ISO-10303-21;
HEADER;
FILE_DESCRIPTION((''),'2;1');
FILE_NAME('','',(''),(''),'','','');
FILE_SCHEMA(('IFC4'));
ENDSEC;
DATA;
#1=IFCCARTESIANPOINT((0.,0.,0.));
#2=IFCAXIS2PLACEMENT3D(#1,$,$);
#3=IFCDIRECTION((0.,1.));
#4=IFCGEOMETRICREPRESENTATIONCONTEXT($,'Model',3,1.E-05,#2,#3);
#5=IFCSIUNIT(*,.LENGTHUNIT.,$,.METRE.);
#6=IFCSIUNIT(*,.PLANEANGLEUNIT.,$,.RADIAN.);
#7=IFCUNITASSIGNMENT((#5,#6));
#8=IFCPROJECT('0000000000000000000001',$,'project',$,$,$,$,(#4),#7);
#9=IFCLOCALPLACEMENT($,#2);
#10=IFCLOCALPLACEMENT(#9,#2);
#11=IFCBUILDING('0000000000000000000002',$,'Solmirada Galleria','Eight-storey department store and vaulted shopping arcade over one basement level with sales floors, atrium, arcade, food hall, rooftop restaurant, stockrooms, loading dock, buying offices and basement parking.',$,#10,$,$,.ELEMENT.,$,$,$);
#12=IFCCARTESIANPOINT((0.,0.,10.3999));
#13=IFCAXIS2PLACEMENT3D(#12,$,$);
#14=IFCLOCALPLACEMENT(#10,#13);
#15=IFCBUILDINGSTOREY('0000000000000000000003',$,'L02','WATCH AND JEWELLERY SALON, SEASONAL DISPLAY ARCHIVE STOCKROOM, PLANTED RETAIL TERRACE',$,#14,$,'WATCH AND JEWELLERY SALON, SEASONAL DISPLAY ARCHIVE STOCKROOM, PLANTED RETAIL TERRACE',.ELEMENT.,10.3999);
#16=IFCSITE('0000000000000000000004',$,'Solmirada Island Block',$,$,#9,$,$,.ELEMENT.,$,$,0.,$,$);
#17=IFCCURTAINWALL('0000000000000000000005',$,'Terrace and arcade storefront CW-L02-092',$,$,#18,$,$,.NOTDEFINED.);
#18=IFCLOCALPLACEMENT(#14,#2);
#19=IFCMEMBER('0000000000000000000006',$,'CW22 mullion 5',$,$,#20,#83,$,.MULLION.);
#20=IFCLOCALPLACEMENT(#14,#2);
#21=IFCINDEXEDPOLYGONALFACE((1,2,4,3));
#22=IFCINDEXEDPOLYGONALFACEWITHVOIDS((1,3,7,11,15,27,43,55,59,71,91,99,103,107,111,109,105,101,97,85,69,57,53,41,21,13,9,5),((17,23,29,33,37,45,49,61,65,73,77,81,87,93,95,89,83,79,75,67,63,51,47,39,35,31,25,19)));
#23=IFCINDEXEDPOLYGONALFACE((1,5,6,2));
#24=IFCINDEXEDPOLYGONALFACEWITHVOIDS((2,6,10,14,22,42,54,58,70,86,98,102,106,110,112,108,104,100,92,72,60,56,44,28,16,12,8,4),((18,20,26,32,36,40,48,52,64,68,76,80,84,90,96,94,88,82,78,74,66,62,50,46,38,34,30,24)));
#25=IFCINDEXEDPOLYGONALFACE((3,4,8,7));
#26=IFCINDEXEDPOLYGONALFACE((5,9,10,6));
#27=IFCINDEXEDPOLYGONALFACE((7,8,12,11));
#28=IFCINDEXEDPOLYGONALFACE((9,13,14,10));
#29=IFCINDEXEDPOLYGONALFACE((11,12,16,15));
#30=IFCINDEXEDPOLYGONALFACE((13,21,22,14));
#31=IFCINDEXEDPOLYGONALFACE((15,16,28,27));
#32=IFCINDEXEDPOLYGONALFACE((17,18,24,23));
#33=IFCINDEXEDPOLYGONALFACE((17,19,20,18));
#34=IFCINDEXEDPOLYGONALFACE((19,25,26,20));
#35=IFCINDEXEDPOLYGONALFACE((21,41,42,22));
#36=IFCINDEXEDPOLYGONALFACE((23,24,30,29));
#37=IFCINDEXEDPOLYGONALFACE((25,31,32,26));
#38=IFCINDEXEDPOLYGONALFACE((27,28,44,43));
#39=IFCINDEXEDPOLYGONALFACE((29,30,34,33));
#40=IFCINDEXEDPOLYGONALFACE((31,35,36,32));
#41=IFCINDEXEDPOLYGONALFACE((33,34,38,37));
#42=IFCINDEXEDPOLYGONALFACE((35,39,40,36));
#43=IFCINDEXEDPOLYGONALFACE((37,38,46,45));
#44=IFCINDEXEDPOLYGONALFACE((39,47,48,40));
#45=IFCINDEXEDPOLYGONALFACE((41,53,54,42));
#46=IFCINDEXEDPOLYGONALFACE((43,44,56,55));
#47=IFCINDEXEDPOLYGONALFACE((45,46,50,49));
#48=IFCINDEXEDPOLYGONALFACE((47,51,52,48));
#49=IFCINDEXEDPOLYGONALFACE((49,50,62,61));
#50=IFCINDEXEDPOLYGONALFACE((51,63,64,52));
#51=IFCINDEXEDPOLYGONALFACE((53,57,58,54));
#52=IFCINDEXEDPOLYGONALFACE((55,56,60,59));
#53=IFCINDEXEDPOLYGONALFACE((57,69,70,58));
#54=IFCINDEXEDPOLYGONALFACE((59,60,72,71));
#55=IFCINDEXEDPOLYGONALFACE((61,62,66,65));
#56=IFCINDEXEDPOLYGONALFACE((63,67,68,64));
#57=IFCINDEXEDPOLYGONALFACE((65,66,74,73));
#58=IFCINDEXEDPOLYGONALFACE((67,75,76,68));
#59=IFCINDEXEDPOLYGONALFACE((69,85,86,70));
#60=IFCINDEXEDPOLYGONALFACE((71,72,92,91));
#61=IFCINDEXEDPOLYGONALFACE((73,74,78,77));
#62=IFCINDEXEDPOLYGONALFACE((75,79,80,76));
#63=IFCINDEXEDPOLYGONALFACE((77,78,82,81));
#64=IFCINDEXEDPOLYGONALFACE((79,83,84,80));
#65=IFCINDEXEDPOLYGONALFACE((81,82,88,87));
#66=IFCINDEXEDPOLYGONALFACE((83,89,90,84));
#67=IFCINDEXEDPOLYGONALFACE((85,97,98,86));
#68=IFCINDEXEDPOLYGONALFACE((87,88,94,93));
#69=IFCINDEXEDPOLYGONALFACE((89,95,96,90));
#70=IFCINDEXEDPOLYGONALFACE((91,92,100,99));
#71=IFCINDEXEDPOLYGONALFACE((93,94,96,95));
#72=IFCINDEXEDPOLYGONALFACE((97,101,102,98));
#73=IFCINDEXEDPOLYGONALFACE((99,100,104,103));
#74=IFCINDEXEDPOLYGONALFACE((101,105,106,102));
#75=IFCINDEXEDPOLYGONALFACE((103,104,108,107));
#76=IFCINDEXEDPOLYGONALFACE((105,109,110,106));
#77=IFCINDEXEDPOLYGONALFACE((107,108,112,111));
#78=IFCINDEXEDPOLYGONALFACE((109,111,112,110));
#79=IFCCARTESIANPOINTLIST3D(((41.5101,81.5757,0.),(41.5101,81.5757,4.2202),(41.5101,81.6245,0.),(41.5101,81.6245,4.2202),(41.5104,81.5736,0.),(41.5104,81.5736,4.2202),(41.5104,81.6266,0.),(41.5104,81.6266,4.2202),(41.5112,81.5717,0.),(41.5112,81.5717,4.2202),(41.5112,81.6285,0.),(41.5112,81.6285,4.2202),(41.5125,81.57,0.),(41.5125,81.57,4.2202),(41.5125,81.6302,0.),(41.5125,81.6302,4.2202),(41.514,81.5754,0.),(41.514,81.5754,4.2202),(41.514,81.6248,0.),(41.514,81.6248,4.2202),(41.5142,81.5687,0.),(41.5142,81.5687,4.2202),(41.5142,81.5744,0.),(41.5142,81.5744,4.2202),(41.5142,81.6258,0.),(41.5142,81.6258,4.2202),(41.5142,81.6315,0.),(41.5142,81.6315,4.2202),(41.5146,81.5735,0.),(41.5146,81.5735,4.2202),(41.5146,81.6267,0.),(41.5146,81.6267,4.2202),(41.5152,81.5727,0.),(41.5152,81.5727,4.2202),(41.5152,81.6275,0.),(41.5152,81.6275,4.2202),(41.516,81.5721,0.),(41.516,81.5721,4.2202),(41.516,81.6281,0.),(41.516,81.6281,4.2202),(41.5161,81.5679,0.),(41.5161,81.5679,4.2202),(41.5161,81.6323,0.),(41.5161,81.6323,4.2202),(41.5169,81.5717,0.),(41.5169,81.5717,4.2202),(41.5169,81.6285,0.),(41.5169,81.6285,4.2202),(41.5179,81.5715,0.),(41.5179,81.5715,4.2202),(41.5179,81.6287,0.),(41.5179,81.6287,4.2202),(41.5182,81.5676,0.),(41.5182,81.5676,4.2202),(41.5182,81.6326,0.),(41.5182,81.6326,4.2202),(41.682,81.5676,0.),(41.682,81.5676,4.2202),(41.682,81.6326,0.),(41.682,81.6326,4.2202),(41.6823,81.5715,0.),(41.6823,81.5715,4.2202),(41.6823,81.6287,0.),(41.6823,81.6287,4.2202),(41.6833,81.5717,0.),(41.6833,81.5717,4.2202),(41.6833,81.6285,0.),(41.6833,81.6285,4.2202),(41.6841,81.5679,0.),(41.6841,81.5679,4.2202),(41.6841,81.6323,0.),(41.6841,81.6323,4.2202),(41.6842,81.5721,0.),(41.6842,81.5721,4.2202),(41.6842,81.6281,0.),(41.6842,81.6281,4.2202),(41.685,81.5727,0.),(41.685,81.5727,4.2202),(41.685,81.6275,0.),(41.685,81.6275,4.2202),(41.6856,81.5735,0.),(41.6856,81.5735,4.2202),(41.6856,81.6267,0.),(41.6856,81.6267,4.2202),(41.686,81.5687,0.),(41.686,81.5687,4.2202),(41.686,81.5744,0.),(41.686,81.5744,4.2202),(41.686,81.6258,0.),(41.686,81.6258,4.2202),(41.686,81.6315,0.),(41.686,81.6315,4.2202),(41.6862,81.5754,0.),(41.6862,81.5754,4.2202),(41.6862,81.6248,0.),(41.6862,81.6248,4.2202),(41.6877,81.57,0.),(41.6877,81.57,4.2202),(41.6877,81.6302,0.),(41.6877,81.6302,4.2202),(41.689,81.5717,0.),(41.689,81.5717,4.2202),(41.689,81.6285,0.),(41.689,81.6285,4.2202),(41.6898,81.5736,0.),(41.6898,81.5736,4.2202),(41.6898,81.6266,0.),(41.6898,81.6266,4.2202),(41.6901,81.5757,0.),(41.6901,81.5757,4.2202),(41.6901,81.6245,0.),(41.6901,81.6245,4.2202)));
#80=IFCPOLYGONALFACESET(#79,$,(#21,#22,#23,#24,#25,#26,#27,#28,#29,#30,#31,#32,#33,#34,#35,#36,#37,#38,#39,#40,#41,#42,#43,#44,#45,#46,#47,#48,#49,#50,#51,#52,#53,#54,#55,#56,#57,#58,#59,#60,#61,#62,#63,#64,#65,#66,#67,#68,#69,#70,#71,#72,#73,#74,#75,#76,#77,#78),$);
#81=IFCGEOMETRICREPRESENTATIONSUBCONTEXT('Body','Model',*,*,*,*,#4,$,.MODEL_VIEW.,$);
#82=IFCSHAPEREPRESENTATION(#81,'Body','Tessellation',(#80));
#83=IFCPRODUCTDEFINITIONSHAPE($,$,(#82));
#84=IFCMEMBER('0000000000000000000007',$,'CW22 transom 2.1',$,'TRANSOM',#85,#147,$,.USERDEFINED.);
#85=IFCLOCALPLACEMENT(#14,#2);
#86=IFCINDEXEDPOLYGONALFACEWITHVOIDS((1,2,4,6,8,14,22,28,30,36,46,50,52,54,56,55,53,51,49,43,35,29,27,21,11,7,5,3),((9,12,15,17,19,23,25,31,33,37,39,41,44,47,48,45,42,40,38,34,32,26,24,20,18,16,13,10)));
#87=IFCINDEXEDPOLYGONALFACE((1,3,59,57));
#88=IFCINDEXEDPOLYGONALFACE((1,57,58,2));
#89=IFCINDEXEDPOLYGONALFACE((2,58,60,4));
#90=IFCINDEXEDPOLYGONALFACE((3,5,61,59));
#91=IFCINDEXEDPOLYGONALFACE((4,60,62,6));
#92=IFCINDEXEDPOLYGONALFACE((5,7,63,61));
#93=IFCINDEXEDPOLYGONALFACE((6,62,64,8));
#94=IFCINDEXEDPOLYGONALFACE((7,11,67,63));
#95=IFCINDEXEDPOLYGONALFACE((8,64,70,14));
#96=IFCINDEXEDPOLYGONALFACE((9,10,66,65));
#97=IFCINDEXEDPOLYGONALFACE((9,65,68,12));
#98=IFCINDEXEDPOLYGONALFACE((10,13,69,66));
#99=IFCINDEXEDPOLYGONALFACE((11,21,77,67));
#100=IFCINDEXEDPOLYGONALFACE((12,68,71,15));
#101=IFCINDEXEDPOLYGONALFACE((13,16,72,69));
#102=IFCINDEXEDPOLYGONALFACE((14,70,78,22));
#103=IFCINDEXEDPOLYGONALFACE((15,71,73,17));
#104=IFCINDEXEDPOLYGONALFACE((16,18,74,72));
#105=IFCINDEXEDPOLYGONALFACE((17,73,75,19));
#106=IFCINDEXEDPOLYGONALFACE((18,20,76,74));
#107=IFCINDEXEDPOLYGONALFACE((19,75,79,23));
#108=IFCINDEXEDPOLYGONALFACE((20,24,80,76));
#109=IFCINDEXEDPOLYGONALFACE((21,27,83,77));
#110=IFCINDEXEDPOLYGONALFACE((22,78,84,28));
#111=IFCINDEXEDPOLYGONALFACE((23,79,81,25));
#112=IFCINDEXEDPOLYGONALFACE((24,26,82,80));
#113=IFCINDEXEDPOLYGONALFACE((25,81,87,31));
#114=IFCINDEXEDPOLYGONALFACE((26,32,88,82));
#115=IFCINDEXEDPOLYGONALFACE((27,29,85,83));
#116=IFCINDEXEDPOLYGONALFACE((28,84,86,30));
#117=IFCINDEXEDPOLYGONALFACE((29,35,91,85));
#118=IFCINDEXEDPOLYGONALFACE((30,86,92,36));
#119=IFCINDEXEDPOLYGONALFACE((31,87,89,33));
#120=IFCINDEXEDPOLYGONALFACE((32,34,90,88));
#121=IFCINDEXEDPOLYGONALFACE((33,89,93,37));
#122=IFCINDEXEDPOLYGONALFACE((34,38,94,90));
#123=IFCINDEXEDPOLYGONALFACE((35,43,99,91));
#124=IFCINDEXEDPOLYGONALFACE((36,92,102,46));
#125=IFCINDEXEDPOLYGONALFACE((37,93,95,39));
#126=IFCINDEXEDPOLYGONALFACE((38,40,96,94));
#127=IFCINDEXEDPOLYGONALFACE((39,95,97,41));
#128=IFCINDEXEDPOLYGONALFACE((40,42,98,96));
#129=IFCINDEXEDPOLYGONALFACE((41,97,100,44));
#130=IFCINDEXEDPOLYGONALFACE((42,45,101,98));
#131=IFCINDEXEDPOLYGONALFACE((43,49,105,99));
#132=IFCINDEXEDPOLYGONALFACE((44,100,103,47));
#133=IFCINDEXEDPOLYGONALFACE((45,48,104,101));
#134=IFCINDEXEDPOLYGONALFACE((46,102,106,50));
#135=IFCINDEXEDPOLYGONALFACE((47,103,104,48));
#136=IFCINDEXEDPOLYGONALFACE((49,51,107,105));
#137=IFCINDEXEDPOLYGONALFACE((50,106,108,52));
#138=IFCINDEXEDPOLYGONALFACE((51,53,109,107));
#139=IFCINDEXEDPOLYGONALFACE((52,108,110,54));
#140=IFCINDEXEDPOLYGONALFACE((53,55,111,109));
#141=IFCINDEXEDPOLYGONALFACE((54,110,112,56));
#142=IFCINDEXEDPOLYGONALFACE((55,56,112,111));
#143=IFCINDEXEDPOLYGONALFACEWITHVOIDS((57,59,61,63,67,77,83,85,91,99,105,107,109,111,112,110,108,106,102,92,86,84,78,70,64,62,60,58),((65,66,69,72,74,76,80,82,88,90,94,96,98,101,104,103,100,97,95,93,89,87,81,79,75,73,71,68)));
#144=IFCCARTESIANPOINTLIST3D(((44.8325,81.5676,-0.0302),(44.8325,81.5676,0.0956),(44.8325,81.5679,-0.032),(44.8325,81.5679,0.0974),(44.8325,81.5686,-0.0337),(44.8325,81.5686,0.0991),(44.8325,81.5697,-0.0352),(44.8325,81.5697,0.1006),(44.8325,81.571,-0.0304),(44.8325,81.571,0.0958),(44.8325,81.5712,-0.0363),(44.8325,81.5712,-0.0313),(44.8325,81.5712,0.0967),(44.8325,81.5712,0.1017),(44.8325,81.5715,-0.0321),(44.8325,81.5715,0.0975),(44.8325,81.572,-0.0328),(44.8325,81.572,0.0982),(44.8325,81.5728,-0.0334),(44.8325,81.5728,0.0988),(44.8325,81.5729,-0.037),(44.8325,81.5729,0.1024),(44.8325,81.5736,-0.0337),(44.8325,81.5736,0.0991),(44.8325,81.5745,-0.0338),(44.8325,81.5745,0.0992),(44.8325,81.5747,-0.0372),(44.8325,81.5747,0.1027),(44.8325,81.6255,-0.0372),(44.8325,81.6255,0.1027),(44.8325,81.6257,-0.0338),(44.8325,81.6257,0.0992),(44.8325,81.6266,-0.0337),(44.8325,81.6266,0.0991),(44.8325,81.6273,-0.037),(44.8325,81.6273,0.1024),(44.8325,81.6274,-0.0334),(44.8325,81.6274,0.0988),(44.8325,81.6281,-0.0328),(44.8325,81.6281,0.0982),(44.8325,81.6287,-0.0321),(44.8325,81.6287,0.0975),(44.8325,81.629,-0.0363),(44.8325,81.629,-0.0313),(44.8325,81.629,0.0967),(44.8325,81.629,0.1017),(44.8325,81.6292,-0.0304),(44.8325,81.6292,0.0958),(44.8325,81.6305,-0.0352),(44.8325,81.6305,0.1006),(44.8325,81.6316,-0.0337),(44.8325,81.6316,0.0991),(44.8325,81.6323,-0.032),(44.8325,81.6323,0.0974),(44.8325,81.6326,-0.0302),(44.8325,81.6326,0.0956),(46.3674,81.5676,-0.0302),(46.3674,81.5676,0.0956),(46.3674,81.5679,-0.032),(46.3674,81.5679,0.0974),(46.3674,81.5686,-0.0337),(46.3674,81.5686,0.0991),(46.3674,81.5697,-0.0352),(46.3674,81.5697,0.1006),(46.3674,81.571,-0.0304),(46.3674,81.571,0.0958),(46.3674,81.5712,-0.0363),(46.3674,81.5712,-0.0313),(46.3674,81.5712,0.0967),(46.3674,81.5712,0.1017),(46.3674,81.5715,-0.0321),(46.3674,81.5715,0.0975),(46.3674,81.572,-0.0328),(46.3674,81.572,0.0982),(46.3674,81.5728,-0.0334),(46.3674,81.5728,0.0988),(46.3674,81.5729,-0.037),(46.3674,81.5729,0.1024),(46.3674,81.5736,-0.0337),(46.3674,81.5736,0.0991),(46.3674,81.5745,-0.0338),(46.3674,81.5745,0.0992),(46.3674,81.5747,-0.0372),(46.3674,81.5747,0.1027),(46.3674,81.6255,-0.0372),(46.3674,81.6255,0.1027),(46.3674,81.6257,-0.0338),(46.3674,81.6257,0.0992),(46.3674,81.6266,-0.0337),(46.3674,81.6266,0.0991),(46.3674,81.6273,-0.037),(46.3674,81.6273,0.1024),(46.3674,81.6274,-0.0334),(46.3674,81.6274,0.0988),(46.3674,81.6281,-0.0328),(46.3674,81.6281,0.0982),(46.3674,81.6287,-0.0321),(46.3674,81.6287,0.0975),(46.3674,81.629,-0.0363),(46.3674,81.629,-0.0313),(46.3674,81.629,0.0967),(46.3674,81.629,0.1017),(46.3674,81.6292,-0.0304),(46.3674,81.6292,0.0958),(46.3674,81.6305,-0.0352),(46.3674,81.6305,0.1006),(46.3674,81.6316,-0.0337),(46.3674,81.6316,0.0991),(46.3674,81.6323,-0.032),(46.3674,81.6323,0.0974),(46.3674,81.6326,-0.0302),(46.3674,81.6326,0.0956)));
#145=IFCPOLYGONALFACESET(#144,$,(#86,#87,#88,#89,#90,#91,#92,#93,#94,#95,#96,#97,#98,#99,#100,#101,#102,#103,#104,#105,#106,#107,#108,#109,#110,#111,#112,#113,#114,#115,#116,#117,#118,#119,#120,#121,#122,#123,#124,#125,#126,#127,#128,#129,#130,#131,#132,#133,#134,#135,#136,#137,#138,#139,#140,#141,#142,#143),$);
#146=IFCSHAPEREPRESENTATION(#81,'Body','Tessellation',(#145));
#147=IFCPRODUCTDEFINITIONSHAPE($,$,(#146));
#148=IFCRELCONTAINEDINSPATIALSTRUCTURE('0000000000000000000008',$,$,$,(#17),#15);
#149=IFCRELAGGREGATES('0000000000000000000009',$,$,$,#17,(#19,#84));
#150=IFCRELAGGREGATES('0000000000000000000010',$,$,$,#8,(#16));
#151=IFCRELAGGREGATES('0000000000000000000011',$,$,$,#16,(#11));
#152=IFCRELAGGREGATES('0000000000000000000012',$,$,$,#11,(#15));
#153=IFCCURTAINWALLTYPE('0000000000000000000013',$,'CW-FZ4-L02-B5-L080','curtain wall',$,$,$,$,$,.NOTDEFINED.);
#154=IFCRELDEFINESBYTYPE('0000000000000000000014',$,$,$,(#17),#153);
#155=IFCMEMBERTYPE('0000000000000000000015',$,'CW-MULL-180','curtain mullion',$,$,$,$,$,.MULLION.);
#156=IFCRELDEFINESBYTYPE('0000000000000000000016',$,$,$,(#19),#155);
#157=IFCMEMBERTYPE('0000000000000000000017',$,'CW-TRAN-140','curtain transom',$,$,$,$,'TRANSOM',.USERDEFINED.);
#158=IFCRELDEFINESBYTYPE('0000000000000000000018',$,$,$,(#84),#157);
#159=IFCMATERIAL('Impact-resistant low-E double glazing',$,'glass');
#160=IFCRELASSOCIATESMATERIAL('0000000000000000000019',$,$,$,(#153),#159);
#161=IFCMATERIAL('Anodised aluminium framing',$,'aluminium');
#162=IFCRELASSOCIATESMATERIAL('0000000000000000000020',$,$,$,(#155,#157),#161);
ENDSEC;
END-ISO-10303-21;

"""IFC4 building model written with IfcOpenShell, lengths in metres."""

from ifc_helpers import new_model, si_unit, direction, frame, origin, origin_2d, place, context, subcontext, project, spatial, hollow_rectangle, extrude, material, material_profile, profile_set, type_object, element, aggregate, save


model = new_model("IFC4")

# Units and contexts
model_context = context("Model", 3, precision=1e-05, world=origin(), true_north=direction((0.0, 1.0)))
body_context = subcontext(model_context, "Body", "Model", "MODEL_VIEW")
ifc_project = project(units=[si_unit("LENGTHUNIT", "METRE"), si_unit("PLANEANGLEUNIT", "RADIAN")], contexts=[model_context])

# Site, building, storey
site_placement = place(None, origin())
site = spatial("IfcSite", under=ifc_project, at=site_placement, Name="Solmirada Island Block", CompositionType="ELEMENT", RefElevation=0.0)
building_placement = place(site_placement, origin())
building = spatial("IfcBuilding", under=site, at=building_placement, Name="Solmirada Galleria", Description="Eight-storey department store and vaulted shopping arcade over one basement level with sales floors, atrium, arcade, food hall, rooftop restaurant, stockrooms, loading dock, buying offices and basement parking.", CompositionType="ELEMENT")
storey_placement = place(building_placement, frame((0.0, 0.0, 10.3999)))
storey = spatial("IfcBuildingStorey", under=building, at=storey_placement, Name="L02", Description="WATCH AND JEWELLERY SALON, SEASONAL DISPLAY ARCHIVE STOCKROOM, PLANTED RETAIL TERRACE", LongName="WATCH AND JEWELLERY SALON, SEASONAL DISPLAY ARCHIVE STOCKROOM, PLANTED RETAIL TERRACE", CompositionType="ELEMENT", Elevation=10.3999)

# Curtain wall, members
ifc_material_1 = material(Name="Impact-resistant low-E double glazing", Category="glass")
curtain_wall_type = type_object("IfcCurtainWallType", Name="CW-FZ4-L02-B5-L080", Description="curtain wall", PredefinedType="NOTDEFINED", material=ifc_material_1)
curtain_wall_placement = place(storey_placement, origin())
curtain_wall = element("IfcCurtainWall", 1, at=curtain_wall_placement, inside=storey, type_object=curtain_wall_type, Name="Terrace and arcade storefront CW-L02-092", PredefinedType="NOTDEFINED")
ifc_material_2 = material(Name="Anodised aluminium framing", Category="aluminium")
ifc_material_profile_1 = material_profile(ifc_material_2, hollow_rectangle(XDim=0.0649, YDim=0.1799, WallThickness=0.0039, InnerFilletRadius=0.0039, OuterFilletRadius=0.0081, at=origin_2d()), Name="ALU-MULL-180X65")
ifc_profile_set_1 = profile_set([ifc_material_profile_1], Name="Anodised aluminium framing")
member_type_1 = type_object("IfcMemberType", Name="CW-MULL-180", Description="curtain mullion", PredefinedType="MULLION", material=ifc_profile_set_1)
member_1_placement = place(storey_placement, frame((41.6001, 81.6001, 0.0), z_axis=(0.0, 0.0, 1.0), x_axis=(0.0, -1.0, 0.0)))
member_1 = element("IfcMember", 2, at=member_1_placement, type_object=member_type_1, Name="CW22 mullion 5", PredefinedType="MULLION", context=body_context, shape_type="SweptSolid", body=[
    extrude(hollow_rectangle(XDim=0.0649, YDim=0.1799, WallThickness=0.0039, InnerFilletRadius=0.0039, OuterFilletRadius=0.0081, at=origin_2d()), origin(), (0.0, 0.0, 1.0), 4.2202),
])
ifc_material_profile_2 = material_profile(ifc_material_2, hollow_rectangle(XDim=0.0649, YDim=0.1399, WallThickness=0.0034, InnerFilletRadius=0.0034, OuterFilletRadius=0.0071, at=origin_2d()), Name="ALU-TRAN-140X65")
ifc_profile_set_2 = profile_set([ifc_material_profile_2], Name="Anodised aluminium framing")
member_type_2 = type_object("IfcMemberType", Name="CW-TRAN-140", Description="curtain transom", ElementType="TRANSOM", PredefinedType="USERDEFINED", material=ifc_profile_set_2)
member_2_placement = place(storey_placement, frame((46.3674, 81.6001, 0.0327), z_axis=(-1.0, 0.0, 0.0), x_axis=(0.0, -1.0, 0.0)))
member_2 = element("IfcMember", 3, at=member_2_placement, type_object=member_type_2, Name="CW22 transom 2.1", ObjectType="TRANSOM", PredefinedType="USERDEFINED", context=body_context, shape_type="SweptSolid", body=[
    extrude(hollow_rectangle(XDim=0.0649, YDim=0.1399, WallThickness=0.0034, InnerFilletRadius=0.0034, OuterFilletRadius=0.0071, at=origin_2d()), origin(), (0.0, 0.0, 1.0), 1.5349),
])
aggregate(curtain_wall, [member_1, member_2])

save(model, "model.ifc")
